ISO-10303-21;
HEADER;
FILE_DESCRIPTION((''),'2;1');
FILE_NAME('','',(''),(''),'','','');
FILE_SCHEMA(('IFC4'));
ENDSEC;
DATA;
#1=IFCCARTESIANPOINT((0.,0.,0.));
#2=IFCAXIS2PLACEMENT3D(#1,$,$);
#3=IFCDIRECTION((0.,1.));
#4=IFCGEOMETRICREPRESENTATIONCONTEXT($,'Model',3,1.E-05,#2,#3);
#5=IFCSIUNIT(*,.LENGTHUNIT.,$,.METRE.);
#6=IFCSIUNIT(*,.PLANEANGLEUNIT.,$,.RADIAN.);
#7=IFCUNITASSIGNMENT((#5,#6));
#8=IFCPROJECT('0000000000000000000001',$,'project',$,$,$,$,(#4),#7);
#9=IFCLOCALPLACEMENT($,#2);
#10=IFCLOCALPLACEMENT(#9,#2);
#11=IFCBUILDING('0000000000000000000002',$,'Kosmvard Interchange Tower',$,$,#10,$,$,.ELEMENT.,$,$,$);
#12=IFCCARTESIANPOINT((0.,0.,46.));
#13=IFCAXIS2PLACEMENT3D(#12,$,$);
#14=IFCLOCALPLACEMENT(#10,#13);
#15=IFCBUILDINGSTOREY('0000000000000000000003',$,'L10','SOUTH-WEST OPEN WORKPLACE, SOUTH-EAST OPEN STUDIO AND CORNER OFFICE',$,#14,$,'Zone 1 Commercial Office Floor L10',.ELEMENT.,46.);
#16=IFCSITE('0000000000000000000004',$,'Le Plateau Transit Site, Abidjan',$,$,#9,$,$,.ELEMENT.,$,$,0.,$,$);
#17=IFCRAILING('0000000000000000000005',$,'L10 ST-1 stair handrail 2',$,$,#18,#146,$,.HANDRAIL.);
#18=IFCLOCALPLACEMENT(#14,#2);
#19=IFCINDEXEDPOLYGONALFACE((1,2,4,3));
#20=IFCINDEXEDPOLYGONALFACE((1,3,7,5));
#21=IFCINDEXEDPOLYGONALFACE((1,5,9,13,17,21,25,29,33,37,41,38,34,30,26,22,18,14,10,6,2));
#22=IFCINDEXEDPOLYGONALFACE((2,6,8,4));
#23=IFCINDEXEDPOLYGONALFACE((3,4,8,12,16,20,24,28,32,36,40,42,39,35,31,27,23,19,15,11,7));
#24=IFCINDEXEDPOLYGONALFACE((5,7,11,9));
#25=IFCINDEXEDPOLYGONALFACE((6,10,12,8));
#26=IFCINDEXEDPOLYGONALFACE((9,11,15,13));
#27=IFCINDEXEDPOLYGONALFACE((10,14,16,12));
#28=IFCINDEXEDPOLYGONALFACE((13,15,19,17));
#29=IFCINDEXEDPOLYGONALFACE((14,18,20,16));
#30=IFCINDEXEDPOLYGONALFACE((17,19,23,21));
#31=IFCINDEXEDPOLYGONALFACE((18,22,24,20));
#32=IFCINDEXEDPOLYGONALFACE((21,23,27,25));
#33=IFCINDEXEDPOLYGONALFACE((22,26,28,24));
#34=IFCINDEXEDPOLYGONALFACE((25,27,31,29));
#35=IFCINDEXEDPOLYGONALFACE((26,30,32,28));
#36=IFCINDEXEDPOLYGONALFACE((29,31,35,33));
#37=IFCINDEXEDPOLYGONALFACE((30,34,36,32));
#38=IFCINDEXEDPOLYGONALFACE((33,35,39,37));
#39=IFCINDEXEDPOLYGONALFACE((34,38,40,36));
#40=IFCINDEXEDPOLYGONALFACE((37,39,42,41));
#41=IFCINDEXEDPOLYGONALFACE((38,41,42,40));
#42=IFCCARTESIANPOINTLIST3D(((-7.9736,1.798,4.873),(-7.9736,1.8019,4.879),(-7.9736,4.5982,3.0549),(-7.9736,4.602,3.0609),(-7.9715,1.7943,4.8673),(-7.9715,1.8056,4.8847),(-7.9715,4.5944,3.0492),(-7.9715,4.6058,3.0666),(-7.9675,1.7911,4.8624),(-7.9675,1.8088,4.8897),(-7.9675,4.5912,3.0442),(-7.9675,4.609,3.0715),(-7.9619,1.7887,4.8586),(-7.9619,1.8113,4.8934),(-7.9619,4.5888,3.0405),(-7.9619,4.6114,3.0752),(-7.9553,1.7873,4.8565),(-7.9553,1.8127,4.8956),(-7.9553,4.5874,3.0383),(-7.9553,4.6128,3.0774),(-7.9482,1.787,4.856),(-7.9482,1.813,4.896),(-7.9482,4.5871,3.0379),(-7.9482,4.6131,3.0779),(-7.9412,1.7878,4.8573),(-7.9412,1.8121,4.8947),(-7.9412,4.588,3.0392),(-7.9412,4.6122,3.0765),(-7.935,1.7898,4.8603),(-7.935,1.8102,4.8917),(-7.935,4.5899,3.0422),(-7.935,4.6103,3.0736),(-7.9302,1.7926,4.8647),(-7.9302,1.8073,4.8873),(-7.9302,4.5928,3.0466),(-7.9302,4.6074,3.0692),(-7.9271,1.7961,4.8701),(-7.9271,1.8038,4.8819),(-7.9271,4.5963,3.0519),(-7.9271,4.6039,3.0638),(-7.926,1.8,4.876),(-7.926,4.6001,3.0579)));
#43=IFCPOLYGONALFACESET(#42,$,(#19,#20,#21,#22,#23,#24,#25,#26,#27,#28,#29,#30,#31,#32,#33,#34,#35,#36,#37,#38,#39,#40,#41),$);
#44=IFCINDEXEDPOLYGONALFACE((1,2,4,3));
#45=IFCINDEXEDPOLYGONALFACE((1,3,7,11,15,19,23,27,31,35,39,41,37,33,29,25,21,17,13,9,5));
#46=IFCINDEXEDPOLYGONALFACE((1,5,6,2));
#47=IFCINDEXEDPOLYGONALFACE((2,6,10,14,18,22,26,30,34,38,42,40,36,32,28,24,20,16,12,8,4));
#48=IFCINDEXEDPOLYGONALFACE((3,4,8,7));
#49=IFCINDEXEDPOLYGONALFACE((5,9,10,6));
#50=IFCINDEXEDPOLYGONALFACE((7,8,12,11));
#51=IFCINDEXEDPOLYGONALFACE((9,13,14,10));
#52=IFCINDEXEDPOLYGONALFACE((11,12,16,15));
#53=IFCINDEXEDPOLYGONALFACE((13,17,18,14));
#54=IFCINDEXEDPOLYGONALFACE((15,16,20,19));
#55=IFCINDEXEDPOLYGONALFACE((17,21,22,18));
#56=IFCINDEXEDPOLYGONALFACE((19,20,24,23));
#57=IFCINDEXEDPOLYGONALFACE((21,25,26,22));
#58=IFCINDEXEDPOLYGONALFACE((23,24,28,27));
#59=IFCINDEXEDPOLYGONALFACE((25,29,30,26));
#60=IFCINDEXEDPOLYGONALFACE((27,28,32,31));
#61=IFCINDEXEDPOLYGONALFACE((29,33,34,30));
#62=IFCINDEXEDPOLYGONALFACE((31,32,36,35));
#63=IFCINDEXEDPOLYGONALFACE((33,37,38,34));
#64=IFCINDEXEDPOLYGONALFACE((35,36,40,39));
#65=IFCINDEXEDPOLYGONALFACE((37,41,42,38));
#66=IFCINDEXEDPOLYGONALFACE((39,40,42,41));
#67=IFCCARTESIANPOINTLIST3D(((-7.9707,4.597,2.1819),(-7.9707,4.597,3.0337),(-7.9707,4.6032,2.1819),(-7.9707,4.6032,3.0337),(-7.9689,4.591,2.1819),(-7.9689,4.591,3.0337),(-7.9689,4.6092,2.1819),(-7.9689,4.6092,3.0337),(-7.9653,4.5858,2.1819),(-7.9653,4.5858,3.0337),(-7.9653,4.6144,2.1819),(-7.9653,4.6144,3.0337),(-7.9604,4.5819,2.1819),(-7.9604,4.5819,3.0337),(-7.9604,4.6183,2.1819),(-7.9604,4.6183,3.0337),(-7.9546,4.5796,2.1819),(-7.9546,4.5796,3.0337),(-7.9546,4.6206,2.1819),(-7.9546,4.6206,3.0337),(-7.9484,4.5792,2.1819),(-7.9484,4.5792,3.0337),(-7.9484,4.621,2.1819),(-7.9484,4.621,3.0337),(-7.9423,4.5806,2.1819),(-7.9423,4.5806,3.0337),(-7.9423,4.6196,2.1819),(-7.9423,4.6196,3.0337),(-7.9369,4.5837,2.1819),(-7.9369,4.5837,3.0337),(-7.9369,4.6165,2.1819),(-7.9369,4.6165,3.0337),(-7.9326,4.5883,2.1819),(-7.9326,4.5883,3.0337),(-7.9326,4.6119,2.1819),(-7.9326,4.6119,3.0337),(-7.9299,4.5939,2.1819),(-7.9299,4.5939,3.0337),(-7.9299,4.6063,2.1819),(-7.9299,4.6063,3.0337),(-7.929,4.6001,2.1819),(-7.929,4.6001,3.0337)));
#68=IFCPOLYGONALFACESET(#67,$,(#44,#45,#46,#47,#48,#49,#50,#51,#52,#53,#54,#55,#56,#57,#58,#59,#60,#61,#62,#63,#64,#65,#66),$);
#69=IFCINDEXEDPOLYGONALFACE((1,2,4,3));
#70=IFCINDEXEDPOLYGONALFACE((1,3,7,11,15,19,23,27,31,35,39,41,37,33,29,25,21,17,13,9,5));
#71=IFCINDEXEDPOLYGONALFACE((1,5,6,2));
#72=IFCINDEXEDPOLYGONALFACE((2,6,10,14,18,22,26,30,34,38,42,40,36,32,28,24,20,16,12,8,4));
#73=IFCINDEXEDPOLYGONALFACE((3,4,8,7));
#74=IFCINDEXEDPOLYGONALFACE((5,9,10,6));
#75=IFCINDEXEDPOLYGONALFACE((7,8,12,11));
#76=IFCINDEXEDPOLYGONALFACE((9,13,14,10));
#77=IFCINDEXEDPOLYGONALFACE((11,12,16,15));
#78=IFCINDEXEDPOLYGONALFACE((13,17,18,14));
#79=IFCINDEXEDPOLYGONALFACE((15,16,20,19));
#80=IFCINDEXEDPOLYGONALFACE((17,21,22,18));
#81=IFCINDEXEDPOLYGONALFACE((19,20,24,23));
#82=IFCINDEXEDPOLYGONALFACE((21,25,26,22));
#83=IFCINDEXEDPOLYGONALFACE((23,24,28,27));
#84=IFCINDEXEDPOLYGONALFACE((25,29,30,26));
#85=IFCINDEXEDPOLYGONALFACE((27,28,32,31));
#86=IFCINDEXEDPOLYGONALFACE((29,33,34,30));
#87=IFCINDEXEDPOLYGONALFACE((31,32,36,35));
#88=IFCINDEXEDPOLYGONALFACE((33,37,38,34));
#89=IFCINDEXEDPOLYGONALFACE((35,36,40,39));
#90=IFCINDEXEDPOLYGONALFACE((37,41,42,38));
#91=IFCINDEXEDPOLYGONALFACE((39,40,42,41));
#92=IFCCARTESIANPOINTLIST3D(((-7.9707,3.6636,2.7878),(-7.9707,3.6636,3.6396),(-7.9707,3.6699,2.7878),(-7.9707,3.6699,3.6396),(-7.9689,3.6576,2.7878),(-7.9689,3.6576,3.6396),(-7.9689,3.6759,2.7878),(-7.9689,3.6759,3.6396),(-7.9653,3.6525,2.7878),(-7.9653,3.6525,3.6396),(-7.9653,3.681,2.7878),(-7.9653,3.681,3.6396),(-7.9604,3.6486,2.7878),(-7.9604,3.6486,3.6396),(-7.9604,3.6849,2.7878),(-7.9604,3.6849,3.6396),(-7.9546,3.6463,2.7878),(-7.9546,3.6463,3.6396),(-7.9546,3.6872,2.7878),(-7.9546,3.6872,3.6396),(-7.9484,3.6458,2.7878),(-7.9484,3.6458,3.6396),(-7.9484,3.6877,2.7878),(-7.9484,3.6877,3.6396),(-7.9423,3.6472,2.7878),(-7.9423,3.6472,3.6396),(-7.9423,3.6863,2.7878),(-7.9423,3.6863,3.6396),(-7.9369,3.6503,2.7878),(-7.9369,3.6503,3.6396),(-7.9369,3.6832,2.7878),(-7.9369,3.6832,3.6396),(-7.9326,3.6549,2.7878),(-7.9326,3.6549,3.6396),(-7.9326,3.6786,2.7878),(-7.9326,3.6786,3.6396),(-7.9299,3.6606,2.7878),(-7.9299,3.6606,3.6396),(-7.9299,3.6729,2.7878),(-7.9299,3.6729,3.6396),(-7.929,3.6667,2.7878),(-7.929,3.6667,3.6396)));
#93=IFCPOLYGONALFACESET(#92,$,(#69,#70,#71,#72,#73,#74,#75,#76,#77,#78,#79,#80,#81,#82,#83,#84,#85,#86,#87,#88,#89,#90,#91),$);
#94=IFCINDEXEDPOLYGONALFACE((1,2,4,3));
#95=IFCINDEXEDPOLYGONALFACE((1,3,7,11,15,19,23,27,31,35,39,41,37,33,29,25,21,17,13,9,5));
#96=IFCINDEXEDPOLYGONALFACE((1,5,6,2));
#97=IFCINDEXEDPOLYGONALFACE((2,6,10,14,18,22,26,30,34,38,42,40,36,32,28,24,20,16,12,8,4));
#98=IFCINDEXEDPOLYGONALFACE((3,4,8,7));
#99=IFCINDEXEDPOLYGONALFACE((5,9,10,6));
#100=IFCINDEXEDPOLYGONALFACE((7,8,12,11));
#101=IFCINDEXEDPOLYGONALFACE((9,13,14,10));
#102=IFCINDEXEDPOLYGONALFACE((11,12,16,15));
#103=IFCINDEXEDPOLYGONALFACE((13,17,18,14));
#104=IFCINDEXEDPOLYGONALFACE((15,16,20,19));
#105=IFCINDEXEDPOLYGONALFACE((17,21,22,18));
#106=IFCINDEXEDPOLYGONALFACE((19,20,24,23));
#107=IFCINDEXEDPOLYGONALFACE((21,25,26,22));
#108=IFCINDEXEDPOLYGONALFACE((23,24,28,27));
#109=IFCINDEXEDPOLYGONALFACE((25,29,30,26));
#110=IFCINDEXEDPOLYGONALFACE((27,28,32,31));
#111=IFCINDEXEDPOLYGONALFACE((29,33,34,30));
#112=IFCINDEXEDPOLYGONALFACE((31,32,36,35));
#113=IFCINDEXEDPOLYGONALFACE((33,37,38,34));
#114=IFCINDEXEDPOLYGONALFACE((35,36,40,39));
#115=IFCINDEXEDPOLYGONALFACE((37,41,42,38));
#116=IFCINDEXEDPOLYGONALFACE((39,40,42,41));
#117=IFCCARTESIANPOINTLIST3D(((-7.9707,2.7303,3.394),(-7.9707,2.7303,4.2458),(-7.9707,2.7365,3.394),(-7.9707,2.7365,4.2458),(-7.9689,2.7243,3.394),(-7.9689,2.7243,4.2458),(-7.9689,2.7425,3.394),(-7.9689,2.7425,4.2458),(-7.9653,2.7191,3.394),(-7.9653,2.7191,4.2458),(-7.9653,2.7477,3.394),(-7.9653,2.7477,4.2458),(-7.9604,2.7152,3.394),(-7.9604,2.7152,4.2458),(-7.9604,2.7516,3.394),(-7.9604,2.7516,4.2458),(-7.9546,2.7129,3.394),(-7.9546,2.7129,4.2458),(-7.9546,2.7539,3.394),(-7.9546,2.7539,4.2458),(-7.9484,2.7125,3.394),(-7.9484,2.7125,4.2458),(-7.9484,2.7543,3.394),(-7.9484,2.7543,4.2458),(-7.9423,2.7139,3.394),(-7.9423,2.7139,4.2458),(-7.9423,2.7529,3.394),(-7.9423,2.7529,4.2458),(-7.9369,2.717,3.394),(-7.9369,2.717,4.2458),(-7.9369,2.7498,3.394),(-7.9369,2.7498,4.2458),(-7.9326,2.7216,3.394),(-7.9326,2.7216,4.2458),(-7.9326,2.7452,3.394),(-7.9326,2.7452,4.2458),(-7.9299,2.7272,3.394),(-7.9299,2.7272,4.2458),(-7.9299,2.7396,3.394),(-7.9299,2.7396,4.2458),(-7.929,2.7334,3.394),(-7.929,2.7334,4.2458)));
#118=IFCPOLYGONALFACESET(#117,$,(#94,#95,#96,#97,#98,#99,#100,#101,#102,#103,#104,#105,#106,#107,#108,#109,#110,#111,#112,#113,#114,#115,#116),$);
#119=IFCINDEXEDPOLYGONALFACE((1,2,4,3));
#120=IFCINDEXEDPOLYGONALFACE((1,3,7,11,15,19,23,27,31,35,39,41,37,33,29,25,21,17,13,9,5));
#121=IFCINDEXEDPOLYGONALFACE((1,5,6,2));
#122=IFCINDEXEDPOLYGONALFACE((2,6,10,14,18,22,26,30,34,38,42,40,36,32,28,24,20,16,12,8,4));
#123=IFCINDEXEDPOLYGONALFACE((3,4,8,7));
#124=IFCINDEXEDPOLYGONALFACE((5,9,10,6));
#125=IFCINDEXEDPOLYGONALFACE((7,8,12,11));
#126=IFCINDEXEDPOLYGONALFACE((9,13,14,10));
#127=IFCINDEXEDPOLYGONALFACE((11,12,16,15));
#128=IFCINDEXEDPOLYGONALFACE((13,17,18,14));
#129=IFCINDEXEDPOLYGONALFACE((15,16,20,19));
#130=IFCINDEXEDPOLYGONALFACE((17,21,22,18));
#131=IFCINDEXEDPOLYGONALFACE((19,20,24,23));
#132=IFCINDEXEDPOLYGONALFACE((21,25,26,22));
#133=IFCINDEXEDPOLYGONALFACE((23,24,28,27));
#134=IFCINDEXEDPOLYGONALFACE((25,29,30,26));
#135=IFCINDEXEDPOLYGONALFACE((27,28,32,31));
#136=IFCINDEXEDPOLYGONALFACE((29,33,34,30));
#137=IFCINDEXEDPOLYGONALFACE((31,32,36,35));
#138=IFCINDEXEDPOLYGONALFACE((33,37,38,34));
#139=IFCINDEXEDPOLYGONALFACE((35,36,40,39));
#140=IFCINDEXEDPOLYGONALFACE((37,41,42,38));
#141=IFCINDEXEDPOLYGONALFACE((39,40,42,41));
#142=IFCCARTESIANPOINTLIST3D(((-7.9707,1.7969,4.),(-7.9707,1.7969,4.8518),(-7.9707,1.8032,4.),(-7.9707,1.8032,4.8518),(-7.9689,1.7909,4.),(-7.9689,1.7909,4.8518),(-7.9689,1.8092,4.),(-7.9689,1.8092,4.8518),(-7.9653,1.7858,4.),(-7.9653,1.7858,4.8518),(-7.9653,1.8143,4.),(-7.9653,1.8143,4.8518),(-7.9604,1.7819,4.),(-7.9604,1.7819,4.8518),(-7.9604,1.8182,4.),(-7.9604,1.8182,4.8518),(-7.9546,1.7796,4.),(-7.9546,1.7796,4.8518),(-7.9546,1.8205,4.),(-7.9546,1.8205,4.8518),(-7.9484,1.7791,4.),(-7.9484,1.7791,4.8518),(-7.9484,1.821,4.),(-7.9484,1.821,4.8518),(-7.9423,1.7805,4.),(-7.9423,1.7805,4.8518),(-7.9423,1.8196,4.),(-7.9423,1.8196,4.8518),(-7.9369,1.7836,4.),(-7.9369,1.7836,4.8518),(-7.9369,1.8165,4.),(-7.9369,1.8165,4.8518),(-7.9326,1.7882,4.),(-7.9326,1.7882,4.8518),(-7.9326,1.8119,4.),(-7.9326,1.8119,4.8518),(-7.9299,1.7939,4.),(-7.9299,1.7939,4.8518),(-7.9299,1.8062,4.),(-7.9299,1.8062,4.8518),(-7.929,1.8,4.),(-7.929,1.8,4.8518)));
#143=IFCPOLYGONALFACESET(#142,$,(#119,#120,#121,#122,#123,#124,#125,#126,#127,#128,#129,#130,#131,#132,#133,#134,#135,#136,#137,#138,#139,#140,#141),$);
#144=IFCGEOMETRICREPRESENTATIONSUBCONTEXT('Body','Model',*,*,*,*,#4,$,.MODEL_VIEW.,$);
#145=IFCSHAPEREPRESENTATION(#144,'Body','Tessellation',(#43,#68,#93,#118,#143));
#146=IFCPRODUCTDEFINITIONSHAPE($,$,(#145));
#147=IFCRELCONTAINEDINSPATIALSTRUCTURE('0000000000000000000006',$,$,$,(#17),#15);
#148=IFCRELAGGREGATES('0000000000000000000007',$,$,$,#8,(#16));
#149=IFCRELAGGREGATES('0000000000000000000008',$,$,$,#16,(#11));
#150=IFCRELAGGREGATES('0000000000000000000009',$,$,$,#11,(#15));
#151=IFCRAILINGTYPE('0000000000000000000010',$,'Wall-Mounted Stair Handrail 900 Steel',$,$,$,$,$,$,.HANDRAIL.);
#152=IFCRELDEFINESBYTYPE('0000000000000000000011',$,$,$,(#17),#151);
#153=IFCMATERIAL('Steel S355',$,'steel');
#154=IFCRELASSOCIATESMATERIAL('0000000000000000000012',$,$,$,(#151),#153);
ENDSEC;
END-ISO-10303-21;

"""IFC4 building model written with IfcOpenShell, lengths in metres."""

from ifc_helpers import new_model, si_unit, direction, frame, origin, origin_2d, place, context, subcontext, project, spatial, circle, extrude, source, transform, mapped, material, type_object, element, save


model = new_model("IFC4")

# Units and contexts
model_context = context("Model", 3, precision=1e-05, world=origin(), true_north=direction((0.0, 1.0)))
body_context = subcontext(model_context, "Body", "Model", "MODEL_VIEW")
ifc_project = project(units=[si_unit("LENGTHUNIT", "METRE"), si_unit("PLANEANGLEUNIT", "RADIAN")], contexts=[model_context])

# Site, building, storey
site_placement = place(None, origin())
site = spatial("IfcSite", under=ifc_project, at=site_placement, Name="Le Plateau Transit Site, Abidjan", CompositionType="ELEMENT", RefElevation=0.0)
building_placement = place(site_placement, origin())
building = spatial("IfcBuilding", under=site, at=building_placement, Name="Kosmvard Interchange Tower", CompositionType="ELEMENT")
storey_placement = place(building_placement, frame((0.0, 0.0, 46.0)))
storey = spatial("IfcBuildingStorey", under=building, at=storey_placement, Name="L10", Description="SOUTH-WEST OPEN WORKPLACE, SOUTH-EAST OPEN STUDIO AND CORNER OFFICE", LongName="Zone 1 Commercial Office Floor L10", CompositionType="ELEMENT", Elevation=46.0)

# Shared definitions
ifc_material_1 = material(Name="Steel S355", Category="steel")

# Railing
railing_type_1 = type_object("IfcRailingType", Name="Wall-Mounted Stair Handrail 900 Steel", PredefinedType="HANDRAIL", material=ifc_material_1)
shared_shape_1 = source(origin(), body_context, "Body", "SweptSolid", [
    extrude(circle(Radius=0.0239, at=origin_2d()), frame((0.0, 0.0, 0.876), z_axis=(0.0, -0.838706, 0.544585), x_axis=(1.0, 0.0, 0.0)), (0.0, 0.0, 1.0), 3.3386),
    extrude(circle(Radius=0.021, at=origin_2d()), origin(), (0.0, 0.0, 1.0), 0.8518),
    extrude(circle(Radius=0.021, at=origin_2d()), frame((0.0, -0.9333, 0.606)), (0.0, 0.0, 1.0), 0.8518),
    extrude(circle(Radius=0.021, at=origin_2d()), frame((0.0, -1.8667, 1.2122)), (0.0, 0.0, 1.0), 0.8518),
    extrude(circle(Radius=0.021, at=origin_2d()), frame((0.0, -2.8, 1.8181)), (0.0, 0.0, 1.0), 0.8518),
])
railing_1_placement = place(storey_placement, frame((-7.95, 4.6001, 2.1819)))
element("IfcRailing", 1, at=railing_1_placement, inside=storey, type_object=railing_type_1, Name="L10 ST-1 stair handrail 2", PredefinedType="HANDRAIL", context=body_context, shape_type="MappedRepresentation", body=[
    mapped(shared_shape_1, transform((0.0, 0.0, 0.0), scale=1.0)),
])

save(model, "model.ifc")
